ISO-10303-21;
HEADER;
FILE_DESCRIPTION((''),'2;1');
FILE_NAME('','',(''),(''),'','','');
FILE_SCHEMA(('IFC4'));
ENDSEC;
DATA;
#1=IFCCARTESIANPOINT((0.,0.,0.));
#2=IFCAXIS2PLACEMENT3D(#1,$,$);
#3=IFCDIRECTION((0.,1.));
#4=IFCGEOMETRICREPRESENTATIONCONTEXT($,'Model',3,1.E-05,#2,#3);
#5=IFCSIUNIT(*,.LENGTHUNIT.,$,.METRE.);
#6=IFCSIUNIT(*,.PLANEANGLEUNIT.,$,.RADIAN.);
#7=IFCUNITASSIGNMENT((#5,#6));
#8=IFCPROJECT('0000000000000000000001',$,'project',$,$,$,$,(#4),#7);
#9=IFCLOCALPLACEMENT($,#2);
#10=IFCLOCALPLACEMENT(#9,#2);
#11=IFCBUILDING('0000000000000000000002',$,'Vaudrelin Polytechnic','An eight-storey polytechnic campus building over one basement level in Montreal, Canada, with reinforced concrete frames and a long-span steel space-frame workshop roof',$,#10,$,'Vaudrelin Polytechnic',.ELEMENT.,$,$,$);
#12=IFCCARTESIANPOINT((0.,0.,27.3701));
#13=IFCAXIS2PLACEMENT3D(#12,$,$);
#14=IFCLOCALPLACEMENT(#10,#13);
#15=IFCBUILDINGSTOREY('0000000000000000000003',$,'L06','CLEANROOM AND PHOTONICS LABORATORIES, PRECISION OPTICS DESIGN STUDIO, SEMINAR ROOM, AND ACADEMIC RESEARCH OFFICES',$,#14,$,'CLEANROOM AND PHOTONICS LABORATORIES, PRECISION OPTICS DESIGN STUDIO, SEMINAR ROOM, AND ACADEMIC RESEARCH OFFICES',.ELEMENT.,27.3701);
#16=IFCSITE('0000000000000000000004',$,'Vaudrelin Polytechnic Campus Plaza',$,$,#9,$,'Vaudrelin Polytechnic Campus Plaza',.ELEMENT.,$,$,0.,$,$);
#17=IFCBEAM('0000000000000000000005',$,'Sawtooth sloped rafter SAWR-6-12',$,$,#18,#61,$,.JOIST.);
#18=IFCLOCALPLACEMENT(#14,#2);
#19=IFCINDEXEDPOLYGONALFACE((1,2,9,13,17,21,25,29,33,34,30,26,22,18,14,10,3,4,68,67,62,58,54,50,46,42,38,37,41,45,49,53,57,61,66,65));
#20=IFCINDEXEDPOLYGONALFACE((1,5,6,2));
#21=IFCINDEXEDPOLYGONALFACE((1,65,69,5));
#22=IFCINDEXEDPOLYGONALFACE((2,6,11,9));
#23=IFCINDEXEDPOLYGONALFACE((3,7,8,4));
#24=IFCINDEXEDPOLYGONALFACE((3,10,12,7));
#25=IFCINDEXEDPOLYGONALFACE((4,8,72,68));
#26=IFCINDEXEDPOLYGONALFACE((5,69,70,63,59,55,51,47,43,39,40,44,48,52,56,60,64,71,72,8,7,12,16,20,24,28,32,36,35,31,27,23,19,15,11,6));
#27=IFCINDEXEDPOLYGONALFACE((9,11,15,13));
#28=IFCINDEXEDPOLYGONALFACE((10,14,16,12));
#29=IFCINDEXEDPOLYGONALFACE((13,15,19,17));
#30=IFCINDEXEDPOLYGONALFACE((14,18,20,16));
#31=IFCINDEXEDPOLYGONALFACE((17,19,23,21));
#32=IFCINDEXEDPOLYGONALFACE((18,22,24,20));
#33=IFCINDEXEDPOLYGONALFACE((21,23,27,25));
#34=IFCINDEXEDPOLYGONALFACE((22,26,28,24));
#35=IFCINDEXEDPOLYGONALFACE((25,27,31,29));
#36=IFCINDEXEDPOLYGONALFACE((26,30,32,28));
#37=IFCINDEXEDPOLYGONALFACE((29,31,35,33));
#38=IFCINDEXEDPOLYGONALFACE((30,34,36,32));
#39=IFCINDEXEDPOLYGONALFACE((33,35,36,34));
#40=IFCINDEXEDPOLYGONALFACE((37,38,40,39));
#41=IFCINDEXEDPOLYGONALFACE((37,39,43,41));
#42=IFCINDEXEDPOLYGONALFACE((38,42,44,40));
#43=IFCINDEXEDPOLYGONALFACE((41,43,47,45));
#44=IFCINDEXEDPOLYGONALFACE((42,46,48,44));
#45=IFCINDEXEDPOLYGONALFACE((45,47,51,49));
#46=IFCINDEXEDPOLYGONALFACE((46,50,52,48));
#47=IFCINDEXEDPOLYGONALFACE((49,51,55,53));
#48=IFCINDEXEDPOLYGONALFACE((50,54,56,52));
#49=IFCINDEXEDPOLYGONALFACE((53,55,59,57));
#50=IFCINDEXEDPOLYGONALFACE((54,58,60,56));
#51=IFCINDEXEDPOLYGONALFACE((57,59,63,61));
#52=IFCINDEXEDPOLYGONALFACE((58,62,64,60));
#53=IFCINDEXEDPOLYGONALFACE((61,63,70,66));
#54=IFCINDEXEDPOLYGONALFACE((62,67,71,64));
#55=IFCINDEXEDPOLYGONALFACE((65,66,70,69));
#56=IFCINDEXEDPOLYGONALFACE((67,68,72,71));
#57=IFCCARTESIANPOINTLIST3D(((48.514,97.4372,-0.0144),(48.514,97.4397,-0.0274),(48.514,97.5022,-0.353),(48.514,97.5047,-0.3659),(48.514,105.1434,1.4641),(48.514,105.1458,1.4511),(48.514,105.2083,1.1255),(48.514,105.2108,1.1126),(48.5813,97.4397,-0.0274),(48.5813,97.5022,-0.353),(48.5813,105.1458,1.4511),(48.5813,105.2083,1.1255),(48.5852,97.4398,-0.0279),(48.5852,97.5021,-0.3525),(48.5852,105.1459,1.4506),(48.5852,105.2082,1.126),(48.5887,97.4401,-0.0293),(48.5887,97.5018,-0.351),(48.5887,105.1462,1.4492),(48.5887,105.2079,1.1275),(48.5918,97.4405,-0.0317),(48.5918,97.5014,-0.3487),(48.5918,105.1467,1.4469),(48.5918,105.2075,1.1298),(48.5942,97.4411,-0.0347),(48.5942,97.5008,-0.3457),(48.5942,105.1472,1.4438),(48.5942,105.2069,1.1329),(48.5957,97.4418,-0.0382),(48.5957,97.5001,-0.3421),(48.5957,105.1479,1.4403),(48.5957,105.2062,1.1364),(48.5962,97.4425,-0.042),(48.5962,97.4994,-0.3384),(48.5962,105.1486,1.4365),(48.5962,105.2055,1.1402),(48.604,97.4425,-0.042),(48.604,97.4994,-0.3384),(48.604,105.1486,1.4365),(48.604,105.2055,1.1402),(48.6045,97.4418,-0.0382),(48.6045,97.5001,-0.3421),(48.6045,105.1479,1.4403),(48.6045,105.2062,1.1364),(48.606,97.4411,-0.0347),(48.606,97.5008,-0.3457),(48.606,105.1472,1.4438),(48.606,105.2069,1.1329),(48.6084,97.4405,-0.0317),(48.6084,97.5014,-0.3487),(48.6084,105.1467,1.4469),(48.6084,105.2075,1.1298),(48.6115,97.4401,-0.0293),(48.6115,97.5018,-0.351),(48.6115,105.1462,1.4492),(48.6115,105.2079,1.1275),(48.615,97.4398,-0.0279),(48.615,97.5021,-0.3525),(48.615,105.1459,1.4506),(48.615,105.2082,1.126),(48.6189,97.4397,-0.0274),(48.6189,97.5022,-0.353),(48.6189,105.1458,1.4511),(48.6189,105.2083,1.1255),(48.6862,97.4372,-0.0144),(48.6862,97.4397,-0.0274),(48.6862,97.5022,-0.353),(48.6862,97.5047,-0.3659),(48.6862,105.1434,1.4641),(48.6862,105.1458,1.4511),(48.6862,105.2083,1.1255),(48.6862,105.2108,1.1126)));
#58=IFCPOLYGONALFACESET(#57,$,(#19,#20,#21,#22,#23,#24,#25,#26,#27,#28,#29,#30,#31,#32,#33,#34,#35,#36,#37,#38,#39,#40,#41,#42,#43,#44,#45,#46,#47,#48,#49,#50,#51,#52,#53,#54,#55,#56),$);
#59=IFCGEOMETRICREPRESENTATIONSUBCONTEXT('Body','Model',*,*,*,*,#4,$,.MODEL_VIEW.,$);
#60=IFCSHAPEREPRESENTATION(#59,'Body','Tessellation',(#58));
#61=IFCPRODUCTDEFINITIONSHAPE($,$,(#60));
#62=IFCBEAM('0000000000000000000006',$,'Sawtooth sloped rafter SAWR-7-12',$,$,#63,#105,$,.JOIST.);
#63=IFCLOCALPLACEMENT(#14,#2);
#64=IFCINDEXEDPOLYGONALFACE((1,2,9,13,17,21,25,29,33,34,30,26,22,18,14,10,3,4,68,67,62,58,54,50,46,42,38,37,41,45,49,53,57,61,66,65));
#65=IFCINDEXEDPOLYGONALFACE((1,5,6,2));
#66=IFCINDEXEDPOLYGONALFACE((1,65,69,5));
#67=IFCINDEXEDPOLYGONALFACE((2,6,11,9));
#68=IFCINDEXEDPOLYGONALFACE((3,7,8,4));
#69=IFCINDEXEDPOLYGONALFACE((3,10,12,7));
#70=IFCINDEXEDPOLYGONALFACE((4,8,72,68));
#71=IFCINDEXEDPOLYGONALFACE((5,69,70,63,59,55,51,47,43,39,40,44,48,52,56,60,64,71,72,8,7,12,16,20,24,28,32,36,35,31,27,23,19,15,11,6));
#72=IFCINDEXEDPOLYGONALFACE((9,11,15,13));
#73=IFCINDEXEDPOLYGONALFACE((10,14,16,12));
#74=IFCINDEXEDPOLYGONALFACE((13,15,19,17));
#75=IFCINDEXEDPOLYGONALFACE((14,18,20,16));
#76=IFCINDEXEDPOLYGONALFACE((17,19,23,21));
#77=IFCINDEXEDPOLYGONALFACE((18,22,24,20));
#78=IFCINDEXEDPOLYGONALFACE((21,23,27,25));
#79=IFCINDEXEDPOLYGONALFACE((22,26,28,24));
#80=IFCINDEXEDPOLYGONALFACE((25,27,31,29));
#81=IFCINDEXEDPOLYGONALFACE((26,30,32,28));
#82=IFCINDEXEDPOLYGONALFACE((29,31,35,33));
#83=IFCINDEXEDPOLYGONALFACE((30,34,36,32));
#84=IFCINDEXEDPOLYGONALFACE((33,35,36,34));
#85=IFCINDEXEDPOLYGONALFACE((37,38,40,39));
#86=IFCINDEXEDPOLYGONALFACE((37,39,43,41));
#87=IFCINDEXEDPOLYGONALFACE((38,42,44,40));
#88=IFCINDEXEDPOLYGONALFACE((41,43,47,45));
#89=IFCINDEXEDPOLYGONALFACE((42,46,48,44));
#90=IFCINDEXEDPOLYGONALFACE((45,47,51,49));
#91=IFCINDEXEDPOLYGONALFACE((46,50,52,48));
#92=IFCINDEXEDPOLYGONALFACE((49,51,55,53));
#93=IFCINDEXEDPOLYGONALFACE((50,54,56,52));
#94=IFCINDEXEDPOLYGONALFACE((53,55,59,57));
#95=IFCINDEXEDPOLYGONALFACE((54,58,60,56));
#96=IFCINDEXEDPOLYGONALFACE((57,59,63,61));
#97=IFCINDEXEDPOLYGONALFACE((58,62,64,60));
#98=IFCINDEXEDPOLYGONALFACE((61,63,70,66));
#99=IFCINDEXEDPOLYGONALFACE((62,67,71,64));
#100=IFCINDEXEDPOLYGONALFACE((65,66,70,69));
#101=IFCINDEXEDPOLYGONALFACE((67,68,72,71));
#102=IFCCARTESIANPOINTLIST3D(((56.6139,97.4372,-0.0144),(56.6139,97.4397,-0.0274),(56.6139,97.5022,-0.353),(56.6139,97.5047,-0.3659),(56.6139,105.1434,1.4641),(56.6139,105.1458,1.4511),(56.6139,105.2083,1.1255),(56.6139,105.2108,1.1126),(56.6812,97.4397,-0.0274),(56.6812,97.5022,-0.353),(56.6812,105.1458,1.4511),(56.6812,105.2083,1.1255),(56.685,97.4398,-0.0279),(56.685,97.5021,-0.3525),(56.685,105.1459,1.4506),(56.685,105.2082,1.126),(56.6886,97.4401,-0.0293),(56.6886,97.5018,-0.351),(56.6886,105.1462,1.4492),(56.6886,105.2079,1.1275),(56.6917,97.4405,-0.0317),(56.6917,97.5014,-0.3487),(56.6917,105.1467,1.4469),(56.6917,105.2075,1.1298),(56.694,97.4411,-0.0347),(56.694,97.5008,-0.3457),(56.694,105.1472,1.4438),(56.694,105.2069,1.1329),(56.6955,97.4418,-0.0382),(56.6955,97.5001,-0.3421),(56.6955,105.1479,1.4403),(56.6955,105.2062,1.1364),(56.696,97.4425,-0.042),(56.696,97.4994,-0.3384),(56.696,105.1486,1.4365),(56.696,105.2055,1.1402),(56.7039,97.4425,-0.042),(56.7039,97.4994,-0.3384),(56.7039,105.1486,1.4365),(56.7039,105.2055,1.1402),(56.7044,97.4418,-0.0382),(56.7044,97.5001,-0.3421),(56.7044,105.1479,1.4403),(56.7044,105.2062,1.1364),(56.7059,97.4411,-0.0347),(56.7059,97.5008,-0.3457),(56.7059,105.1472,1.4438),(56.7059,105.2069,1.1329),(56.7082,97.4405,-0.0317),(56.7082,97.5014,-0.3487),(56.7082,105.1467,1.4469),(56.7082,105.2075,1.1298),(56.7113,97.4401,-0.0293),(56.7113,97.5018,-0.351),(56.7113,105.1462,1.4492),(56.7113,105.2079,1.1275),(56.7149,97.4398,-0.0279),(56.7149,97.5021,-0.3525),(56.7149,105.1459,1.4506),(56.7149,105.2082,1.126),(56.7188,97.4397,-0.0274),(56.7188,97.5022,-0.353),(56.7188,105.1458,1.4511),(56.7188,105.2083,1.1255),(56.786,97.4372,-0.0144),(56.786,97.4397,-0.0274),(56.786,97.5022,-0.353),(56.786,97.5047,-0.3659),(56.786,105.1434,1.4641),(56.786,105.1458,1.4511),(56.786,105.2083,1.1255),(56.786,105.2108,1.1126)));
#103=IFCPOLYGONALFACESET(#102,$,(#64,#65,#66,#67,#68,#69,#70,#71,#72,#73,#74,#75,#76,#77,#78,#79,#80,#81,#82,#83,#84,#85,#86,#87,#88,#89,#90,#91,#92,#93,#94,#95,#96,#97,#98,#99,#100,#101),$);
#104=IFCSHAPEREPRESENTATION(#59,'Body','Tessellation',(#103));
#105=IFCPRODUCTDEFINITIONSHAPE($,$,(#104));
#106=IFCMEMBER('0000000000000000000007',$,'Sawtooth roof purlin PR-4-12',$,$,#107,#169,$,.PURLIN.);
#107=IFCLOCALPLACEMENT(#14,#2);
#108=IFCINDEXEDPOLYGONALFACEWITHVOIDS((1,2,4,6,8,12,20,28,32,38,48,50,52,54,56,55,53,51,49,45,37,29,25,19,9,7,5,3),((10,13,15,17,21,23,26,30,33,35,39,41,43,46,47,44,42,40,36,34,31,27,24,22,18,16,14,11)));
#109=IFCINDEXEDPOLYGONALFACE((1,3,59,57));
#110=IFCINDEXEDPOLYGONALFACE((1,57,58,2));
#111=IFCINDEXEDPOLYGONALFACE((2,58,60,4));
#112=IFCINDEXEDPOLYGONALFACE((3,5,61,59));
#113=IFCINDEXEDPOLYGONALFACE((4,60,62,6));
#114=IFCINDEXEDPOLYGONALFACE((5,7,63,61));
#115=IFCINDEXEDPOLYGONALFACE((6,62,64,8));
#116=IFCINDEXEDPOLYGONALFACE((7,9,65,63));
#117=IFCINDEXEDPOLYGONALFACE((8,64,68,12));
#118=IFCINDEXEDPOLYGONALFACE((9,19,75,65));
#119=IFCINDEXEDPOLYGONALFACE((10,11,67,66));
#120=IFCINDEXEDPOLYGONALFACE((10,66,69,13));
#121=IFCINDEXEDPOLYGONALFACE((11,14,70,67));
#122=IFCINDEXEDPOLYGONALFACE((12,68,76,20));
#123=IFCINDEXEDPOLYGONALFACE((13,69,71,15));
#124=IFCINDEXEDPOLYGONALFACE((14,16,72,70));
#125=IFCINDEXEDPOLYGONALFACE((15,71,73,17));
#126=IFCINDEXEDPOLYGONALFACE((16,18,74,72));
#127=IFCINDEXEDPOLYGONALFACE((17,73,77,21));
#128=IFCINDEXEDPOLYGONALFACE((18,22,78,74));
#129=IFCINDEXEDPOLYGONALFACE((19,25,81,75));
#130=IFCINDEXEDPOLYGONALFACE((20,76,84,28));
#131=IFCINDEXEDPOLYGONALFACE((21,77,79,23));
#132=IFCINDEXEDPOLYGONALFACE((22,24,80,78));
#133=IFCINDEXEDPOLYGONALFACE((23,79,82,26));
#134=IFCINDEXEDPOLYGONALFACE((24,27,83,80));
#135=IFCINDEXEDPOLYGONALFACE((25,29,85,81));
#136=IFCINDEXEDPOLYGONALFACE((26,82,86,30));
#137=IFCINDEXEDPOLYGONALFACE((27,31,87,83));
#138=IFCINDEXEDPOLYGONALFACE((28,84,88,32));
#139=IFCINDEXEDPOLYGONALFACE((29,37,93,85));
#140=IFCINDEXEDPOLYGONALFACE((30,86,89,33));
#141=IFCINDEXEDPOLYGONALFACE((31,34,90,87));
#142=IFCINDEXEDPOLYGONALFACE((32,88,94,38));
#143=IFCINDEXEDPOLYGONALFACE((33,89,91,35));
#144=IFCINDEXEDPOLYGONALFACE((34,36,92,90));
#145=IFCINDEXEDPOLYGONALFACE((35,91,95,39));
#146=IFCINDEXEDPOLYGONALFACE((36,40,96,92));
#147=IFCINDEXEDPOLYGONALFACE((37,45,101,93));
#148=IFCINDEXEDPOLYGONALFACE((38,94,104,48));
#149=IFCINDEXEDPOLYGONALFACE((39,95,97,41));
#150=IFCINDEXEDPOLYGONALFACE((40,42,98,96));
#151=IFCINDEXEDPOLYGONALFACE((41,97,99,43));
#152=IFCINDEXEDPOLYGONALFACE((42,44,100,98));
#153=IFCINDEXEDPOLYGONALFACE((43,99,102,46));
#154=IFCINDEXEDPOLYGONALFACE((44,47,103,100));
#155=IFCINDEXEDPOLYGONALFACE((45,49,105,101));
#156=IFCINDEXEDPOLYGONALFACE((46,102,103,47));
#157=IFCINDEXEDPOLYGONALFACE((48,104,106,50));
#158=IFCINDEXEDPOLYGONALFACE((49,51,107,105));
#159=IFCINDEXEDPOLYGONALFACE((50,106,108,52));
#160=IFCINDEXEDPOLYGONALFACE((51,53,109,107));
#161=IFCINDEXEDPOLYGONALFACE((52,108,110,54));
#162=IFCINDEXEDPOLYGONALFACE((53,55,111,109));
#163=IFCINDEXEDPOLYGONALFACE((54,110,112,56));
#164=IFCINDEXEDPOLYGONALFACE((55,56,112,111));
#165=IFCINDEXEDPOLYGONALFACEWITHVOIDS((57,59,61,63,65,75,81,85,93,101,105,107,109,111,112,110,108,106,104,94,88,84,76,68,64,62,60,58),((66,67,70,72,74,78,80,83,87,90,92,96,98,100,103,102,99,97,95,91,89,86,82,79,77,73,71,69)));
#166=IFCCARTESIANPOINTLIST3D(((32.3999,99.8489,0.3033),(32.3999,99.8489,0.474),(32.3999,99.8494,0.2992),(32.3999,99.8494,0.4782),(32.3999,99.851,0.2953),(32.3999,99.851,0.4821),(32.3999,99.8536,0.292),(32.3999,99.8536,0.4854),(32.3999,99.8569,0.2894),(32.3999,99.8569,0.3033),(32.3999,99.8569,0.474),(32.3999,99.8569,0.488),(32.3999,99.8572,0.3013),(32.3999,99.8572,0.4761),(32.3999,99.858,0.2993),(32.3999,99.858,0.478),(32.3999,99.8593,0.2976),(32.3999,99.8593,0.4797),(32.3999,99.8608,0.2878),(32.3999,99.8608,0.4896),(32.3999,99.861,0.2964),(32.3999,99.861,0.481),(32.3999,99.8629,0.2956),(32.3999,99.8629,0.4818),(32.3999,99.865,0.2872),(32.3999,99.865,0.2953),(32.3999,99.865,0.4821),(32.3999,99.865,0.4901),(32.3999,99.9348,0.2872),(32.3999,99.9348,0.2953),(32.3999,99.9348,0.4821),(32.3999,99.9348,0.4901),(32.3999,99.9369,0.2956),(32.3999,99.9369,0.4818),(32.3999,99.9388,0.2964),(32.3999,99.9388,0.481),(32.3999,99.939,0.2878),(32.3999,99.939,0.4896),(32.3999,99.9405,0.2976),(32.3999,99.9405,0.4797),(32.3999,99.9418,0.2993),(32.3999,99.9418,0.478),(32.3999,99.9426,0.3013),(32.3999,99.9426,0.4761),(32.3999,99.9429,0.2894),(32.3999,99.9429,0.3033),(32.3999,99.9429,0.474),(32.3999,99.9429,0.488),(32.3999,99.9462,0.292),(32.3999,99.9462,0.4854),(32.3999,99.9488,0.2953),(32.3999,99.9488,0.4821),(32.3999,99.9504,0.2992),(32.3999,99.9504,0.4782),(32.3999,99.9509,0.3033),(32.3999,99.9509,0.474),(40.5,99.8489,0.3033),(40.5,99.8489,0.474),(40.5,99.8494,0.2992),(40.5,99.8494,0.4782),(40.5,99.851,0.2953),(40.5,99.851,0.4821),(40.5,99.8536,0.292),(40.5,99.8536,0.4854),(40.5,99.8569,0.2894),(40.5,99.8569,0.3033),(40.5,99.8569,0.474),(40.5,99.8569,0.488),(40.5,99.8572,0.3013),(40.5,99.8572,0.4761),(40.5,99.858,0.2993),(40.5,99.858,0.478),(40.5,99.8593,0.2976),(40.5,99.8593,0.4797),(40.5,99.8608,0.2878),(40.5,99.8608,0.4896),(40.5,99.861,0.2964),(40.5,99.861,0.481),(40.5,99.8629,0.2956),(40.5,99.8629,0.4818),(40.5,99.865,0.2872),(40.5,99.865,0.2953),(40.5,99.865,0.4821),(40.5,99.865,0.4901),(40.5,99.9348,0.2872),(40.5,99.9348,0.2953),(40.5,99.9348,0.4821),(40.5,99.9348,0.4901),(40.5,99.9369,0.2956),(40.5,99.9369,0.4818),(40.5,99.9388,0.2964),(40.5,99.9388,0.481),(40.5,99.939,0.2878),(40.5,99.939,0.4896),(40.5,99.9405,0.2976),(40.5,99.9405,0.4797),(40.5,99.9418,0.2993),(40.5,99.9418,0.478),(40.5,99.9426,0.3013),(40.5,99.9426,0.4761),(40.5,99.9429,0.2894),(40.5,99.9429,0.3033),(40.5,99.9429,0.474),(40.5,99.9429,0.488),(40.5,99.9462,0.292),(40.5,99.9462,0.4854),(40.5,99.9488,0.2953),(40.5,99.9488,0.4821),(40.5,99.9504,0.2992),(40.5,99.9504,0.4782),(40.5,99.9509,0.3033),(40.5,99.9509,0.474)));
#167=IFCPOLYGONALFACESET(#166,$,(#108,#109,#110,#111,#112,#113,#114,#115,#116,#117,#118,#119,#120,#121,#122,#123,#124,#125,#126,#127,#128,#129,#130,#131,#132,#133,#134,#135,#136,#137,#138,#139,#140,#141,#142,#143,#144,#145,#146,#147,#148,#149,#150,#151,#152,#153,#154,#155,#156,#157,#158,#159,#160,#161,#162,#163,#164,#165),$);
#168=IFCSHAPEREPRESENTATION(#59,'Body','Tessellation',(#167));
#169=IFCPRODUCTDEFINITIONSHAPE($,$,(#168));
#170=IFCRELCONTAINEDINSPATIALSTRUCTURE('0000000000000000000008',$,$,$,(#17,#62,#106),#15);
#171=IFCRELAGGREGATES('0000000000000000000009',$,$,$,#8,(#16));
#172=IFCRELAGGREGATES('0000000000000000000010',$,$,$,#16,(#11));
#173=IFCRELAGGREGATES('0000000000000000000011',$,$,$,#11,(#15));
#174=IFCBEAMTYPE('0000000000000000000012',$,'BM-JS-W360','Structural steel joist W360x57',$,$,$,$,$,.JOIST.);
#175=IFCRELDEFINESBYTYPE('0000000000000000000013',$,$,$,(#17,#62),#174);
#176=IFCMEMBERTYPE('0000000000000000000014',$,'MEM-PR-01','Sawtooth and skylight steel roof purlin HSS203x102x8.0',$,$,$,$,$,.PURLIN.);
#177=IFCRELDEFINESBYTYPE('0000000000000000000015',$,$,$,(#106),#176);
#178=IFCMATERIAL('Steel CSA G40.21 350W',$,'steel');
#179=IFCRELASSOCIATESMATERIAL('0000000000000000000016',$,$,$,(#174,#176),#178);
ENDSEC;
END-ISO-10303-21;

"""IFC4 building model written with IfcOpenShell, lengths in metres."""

from ifc_helpers import new_model, si_unit, direction, frame, origin, origin_2d, place, context, subcontext, project, spatial, hollow_rectangle, i_section, extrude, material, material_profile, profile_set, type_object, element, save


model = new_model("IFC4")

# Units and contexts
model_context = context("Model", 3, precision=1e-05, world=origin(), true_north=direction((0.0, 1.0)))
body_context = subcontext(model_context, "Body", "Model", "MODEL_VIEW")
ifc_project = project(units=[si_unit("LENGTHUNIT", "METRE"), si_unit("PLANEANGLEUNIT", "RADIAN")], contexts=[model_context])

# Site, building, storey
site_placement = place(None, origin())
site = spatial("IfcSite", under=ifc_project, at=site_placement, Name="Vaudrelin Polytechnic Campus Plaza", LongName="Vaudrelin Polytechnic Campus Plaza", CompositionType="ELEMENT", RefElevation=0.0)
building_placement = place(site_placement, origin())
building = spatial("IfcBuilding", under=site, at=building_placement, Name="Vaudrelin Polytechnic", Description="An eight-storey polytechnic campus building over one basement level in Montreal, Canada, with reinforced concrete frames and a long-span steel space-frame workshop roof", LongName="Vaudrelin Polytechnic", CompositionType="ELEMENT")
storey_placement = place(building_placement, frame((0.0, 0.0, 27.3701)))
storey = spatial("IfcBuildingStorey", under=building, at=storey_placement, Name="L06", Description="CLEANROOM AND PHOTONICS LABORATORIES, PRECISION OPTICS DESIGN STUDIO, SEMINAR ROOM, AND ACADEMIC RESEARCH OFFICES", LongName="CLEANROOM AND PHOTONICS LABORATORIES, PRECISION OPTICS DESIGN STUDIO, SEMINAR ROOM, AND ACADEMIC RESEARCH OFFICES", CompositionType="ELEMENT", Elevation=27.3701)

# Shared definitions
ifc_material_1 = material(Name="Steel CSA G40.21 350W", Category="steel")

# Beams
ifc_material_profile_1 = material_profile(ifc_material_1, i_section(OverallWidth=0.1721, OverallDepth=0.3579, WebThickness=0.0078, FlangeThickness=0.0132, FilletRadius=0.0149, at=origin_2d()), Name="W360x57")
ifc_profile_set_1 = profile_set([ifc_material_profile_1], Name="Steel CSA G40.21 350W")
beam_type = type_object("IfcBeamType", Name="BM-JS-W360", Description="Structural steel joist W360x57", PredefinedType="JOIST", material=ifc_profile_set_1)
for number, where, z_axis, x_axis, name in (
    (1, (48.6001, 97.4709, -0.1902), (0.0, 0.982087, 0.188427), (-1.0, 0.0, 0.0), "Sawtooth sloped rafter SAWR-6-12"),
    (2, (56.7, 97.4709, -0.1902), (0.0, 0.982087, 0.188427), (-1.0, 0.0, 0.0), "Sawtooth sloped rafter SAWR-7-12"),
):
    element("IfcBeam", number, at=place(storey_placement, frame(where, z_axis=z_axis, x_axis=x_axis)), inside=storey, type_object=beam_type, Name=name, PredefinedType="JOIST", context=body_context, shape_type="SweptSolid", body=[
        extrude(i_section(OverallWidth=0.1721, OverallDepth=0.3579, WebThickness=0.0078, FlangeThickness=0.0132, FilletRadius=0.0149, at=origin_2d()), origin(), (0.0, 0.0, 1.0), 7.8467),
    ])

# Member
ifc_material_profile_2 = material_profile(ifc_material_1, hollow_rectangle(XDim=0.1021, YDim=0.2029, WallThickness=0.0081, InnerFilletRadius=0.0081, OuterFilletRadius=0.0161, at=origin_2d()), Name="HSS203x102x8.0")
ifc_profile_set_2 = profile_set([ifc_material_profile_2], Name="Steel CSA G40.21 350W")
member_type = type_object("IfcMemberType", Name="MEM-PR-01", Description="Sawtooth and skylight steel roof purlin HSS203x102x8.0", PredefinedType="PURLIN", material=ifc_profile_set_2)
member_1_placement = place(storey_placement, frame((32.3999, 99.8999, 0.3887), z_axis=(1.0, 0.0, 0.0), x_axis=(0.0, 1.0, 0.0)))
element("IfcMember", 3, at=member_1_placement, inside=storey, type_object=member_type, Name="Sawtooth roof purlin PR-4-12", PredefinedType="PURLIN", context=body_context, shape_type="SweptSolid", body=[
    extrude(hollow_rectangle(XDim=0.1021, YDim=0.2029, WallThickness=0.0081, InnerFilletRadius=0.0081, OuterFilletRadius=0.0161, at=origin_2d()), origin(), (0.0, 0.0, 1.0), 8.1001),
])

save(model, "model.ifc")
